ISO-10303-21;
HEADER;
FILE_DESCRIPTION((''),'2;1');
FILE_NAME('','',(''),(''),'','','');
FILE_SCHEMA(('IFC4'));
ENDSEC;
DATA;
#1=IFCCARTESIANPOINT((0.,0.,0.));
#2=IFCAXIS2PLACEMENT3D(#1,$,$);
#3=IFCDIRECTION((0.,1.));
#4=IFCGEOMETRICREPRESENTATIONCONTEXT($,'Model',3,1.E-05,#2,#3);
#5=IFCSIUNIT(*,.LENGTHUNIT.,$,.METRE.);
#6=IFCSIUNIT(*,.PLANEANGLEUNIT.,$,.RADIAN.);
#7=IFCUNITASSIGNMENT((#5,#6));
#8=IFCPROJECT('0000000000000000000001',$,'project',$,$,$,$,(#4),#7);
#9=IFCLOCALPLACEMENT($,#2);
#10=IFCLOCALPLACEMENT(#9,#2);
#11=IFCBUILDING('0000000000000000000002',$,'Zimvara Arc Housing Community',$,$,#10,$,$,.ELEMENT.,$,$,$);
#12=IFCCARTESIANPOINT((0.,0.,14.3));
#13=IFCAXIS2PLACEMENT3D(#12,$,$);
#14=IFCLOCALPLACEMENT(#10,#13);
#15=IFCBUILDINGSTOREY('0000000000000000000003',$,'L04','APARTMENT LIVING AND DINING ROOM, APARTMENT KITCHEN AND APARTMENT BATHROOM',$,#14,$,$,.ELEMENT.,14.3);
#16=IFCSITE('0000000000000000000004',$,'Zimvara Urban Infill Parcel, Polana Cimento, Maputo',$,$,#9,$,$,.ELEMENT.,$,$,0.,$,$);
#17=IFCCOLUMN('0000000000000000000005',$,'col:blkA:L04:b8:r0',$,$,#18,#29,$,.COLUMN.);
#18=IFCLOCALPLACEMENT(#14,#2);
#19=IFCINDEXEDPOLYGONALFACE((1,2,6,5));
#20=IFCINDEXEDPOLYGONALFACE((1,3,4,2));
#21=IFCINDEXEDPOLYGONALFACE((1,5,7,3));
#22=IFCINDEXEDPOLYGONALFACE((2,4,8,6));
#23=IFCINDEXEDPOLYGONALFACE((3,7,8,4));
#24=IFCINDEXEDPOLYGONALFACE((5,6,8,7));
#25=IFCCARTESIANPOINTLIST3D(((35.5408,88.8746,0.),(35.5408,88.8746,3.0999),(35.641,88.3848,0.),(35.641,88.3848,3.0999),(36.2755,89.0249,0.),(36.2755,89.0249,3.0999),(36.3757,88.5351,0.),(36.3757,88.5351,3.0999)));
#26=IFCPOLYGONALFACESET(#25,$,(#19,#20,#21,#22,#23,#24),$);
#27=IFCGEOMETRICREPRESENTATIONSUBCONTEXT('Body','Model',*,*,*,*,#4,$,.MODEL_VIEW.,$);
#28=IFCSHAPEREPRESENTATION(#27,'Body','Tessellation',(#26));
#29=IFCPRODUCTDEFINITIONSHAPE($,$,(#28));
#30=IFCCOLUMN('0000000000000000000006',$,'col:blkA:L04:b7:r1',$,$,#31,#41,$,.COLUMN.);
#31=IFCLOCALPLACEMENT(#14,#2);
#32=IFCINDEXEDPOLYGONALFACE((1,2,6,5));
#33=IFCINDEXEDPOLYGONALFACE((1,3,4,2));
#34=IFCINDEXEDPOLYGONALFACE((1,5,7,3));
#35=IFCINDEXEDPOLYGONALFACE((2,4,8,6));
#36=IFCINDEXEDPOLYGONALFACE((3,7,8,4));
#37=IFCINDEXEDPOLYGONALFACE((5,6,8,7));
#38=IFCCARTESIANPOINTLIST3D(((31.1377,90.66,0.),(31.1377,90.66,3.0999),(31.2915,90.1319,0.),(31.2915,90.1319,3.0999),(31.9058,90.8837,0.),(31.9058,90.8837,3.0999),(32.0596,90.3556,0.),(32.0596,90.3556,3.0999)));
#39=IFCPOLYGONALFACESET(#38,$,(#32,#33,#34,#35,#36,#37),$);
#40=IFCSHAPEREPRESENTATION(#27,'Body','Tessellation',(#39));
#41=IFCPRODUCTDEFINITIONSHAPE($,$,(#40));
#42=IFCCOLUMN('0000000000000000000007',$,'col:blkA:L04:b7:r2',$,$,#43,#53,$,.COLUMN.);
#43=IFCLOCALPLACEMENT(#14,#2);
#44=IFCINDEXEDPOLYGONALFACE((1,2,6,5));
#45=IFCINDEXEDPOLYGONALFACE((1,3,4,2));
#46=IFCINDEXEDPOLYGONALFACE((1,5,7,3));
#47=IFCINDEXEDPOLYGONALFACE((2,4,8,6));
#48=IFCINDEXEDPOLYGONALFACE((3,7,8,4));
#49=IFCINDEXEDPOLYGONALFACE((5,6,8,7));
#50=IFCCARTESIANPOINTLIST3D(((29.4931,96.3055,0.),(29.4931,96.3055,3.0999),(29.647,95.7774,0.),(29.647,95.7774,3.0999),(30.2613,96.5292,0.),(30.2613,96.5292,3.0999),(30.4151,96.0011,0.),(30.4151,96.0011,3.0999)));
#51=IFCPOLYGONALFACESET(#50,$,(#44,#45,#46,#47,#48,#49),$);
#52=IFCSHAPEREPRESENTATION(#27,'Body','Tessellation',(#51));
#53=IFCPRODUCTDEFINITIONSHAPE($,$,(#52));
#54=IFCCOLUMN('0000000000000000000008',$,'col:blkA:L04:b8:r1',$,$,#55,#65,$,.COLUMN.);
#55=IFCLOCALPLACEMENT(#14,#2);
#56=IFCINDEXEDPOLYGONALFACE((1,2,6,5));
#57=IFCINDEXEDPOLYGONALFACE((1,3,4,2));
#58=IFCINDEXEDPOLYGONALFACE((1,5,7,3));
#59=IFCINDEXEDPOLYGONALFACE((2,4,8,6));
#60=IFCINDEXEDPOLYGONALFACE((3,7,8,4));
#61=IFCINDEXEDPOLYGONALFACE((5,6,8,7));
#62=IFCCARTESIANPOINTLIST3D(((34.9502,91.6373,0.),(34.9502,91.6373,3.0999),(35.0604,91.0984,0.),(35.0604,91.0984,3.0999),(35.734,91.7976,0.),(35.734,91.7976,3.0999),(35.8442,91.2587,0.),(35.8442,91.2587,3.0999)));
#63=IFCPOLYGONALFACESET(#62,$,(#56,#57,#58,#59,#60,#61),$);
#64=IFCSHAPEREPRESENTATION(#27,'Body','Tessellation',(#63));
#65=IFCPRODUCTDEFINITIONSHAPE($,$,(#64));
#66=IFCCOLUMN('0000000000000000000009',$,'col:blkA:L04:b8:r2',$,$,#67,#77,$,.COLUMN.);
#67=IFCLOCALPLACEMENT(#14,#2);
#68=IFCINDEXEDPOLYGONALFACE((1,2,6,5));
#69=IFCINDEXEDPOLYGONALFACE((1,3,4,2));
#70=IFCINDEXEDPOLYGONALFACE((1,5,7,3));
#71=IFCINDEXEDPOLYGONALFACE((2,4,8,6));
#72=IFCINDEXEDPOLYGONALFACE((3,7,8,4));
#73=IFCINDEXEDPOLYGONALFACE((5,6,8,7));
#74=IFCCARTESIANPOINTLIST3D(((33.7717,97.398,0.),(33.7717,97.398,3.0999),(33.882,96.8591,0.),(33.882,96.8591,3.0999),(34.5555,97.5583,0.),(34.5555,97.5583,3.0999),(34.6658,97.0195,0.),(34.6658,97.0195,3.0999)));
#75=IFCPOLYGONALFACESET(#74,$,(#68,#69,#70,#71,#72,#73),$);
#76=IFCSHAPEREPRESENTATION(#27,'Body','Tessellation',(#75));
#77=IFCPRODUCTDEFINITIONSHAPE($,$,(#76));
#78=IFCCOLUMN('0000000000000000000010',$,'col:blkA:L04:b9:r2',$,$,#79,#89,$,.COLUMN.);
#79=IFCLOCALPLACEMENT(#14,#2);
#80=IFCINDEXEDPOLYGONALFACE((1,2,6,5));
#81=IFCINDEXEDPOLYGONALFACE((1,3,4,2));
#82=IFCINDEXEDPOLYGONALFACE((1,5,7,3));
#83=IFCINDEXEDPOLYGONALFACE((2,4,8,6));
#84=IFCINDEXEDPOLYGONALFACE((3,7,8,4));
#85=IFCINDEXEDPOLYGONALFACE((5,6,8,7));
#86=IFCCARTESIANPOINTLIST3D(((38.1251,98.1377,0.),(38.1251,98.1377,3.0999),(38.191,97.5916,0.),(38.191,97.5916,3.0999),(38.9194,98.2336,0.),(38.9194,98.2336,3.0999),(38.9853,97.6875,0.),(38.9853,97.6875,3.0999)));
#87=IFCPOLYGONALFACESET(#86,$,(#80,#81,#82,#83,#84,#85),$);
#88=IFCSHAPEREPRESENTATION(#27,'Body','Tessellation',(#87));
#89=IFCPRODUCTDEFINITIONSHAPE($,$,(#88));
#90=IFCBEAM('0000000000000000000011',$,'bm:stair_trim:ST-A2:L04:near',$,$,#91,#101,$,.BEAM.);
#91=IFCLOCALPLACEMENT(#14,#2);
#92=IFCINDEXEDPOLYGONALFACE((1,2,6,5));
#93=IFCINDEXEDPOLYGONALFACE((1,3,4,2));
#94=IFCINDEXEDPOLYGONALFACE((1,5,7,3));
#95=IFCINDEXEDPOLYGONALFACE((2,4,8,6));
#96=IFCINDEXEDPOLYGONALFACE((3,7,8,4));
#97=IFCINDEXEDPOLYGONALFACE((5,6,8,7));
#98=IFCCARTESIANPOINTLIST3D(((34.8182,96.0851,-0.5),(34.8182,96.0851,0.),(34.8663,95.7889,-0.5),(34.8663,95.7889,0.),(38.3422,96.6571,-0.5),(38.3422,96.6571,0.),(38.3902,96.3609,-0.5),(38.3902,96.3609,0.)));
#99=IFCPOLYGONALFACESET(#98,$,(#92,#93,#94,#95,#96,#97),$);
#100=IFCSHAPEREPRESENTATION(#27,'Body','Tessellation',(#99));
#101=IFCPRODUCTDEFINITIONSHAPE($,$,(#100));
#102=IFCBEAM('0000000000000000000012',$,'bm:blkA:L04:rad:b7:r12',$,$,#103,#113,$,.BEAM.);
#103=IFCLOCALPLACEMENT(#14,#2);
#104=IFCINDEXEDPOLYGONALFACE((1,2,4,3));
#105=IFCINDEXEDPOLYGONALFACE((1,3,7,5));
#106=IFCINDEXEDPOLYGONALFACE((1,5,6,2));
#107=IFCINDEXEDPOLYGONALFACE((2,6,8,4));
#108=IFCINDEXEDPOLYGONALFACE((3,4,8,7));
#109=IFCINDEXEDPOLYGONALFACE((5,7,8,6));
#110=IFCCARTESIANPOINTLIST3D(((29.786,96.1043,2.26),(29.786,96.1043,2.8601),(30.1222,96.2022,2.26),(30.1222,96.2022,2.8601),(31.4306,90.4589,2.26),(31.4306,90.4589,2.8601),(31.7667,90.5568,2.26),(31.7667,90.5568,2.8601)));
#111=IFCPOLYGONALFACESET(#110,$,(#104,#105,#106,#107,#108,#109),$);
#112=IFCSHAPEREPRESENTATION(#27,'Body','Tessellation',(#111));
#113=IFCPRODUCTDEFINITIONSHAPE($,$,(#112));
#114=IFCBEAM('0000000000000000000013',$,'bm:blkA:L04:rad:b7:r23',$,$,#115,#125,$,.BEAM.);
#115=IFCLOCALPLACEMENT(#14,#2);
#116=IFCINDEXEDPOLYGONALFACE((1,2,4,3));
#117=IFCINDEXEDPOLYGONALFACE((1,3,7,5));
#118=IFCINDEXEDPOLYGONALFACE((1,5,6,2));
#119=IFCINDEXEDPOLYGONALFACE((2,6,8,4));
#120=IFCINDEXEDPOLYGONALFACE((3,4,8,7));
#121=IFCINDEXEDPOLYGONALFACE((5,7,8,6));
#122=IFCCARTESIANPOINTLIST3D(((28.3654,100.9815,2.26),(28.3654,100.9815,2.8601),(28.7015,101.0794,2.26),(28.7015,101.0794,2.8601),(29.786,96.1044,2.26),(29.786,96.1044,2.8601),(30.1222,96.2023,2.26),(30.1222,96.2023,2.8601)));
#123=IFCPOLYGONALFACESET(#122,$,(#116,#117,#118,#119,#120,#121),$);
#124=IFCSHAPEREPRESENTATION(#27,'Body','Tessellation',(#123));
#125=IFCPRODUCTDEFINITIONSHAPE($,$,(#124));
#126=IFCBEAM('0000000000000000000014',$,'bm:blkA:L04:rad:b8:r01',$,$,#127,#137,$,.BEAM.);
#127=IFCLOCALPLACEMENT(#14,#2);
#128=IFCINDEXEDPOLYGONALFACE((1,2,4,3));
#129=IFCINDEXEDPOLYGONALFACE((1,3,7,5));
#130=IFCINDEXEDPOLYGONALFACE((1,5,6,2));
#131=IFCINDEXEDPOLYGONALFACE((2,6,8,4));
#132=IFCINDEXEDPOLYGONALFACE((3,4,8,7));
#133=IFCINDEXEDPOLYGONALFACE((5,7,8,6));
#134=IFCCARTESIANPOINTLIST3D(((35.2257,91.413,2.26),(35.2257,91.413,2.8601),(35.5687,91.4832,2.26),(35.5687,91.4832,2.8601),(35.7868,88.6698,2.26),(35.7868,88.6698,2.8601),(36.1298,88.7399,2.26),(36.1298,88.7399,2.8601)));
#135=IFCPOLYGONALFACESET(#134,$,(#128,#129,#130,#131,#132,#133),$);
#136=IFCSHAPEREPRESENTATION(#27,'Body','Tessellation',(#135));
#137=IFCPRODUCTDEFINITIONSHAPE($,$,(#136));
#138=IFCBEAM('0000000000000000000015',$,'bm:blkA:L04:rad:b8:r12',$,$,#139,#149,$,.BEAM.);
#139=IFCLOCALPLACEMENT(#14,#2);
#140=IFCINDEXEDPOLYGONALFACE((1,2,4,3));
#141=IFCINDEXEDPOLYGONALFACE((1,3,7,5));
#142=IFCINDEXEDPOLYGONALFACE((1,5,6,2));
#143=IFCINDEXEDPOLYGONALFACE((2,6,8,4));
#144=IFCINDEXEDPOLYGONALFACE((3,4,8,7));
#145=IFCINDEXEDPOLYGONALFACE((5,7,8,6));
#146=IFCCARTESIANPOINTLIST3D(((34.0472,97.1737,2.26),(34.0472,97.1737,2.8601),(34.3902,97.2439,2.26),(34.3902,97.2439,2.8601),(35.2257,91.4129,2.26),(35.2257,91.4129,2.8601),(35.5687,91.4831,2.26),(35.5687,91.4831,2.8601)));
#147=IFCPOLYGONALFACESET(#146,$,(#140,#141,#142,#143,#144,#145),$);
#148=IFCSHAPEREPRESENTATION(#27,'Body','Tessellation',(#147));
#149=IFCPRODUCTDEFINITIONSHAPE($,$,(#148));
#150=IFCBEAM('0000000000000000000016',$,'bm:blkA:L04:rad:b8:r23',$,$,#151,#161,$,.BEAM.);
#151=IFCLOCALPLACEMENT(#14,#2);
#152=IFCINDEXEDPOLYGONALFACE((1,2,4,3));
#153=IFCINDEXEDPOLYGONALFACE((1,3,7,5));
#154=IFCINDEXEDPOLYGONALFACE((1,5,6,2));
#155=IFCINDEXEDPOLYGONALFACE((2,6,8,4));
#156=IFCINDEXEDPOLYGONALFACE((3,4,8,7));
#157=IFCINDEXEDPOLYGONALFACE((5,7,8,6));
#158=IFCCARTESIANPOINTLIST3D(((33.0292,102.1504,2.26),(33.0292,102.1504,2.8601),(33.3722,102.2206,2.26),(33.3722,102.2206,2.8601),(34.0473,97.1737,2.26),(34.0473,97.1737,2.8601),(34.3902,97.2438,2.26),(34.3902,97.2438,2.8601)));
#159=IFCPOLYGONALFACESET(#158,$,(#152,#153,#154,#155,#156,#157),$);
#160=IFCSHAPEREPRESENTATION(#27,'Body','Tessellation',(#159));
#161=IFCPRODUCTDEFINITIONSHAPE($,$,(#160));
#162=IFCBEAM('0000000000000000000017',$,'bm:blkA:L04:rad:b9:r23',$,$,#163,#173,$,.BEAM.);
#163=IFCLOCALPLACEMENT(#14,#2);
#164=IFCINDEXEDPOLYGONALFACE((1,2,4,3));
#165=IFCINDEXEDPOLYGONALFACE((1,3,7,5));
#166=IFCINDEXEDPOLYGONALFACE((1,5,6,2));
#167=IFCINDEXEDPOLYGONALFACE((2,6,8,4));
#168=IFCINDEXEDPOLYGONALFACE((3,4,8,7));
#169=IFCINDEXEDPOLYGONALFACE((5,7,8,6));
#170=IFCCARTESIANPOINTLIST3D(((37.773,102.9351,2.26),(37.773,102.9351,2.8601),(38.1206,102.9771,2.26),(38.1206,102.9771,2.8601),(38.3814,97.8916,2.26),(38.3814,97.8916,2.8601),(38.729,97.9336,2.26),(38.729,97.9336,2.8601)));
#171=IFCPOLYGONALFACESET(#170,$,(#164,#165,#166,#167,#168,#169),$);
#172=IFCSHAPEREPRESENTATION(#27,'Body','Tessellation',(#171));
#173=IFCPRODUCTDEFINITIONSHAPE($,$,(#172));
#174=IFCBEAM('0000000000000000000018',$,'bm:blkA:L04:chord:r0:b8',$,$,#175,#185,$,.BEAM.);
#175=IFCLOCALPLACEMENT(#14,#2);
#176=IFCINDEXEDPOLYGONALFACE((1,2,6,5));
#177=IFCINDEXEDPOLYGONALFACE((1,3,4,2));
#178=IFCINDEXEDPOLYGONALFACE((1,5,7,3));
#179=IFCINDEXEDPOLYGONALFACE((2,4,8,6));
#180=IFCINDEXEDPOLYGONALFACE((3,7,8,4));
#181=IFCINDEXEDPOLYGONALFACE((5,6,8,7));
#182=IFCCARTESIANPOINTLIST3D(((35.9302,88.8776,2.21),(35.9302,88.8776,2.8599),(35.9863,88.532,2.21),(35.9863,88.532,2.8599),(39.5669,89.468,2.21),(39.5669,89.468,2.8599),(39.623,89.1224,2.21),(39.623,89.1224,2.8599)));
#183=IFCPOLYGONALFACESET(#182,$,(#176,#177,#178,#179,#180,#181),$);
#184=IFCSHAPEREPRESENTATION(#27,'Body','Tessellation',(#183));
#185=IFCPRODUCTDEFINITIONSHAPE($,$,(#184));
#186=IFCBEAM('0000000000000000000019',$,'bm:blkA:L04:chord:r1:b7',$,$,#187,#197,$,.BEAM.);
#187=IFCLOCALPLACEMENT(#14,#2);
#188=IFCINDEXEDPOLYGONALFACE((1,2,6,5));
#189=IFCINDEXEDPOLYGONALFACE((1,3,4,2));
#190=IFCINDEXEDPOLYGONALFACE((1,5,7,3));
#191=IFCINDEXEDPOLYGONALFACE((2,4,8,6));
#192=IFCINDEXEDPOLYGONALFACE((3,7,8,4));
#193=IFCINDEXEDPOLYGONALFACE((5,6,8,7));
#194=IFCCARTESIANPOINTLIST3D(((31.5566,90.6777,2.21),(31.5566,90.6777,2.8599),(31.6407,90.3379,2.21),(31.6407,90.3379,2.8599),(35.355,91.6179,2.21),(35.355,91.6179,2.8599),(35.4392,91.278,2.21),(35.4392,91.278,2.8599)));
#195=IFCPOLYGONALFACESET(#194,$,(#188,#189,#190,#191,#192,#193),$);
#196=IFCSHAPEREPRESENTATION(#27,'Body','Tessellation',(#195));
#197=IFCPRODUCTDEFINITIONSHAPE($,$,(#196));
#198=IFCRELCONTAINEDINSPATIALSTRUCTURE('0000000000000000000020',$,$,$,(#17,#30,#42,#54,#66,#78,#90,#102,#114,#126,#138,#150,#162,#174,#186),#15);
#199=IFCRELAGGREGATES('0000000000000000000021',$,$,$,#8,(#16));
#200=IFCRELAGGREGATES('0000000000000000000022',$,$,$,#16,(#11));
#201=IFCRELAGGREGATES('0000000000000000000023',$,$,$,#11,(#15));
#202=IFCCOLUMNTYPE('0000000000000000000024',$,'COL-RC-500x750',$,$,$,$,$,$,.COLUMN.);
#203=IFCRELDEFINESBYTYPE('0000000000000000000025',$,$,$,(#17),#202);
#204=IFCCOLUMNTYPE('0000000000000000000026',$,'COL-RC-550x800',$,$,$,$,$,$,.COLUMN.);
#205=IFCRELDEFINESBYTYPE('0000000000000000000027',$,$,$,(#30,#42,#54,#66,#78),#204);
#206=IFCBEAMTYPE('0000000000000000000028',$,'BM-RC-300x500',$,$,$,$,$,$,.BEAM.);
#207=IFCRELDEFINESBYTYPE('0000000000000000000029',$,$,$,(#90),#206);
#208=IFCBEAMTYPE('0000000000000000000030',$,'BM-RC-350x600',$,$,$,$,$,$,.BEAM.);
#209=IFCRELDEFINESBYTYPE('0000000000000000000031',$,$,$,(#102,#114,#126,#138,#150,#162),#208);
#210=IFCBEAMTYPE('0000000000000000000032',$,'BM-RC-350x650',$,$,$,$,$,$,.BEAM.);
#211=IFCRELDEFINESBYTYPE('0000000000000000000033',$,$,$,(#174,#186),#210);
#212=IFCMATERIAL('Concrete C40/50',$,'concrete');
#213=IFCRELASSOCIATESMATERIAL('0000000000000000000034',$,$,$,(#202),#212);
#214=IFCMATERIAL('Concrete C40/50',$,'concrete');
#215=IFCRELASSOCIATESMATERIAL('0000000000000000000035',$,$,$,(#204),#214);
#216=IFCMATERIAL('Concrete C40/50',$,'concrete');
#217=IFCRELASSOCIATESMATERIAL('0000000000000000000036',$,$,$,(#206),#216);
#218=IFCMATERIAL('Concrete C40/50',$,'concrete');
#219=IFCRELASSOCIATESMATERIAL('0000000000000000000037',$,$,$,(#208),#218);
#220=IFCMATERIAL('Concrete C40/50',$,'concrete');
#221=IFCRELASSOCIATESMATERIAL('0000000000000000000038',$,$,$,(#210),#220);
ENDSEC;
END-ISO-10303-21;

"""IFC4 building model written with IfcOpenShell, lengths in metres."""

from ifc_helpers import new_model, si_unit, direction, frame, origin, origin_2d, place, context, subcontext, project, spatial, rectangle, extrude, material, material_profile, profile_set, type_object, element, save


model = new_model("IFC4")

# Units and contexts
model_context = context("Model", 3, precision=1e-05, world=origin(), true_north=direction((0.0, 1.0)))
body_context = subcontext(model_context, "Body", "Model", "MODEL_VIEW")
ifc_project = project(units=[si_unit("LENGTHUNIT", "METRE"), si_unit("PLANEANGLEUNIT", "RADIAN")], contexts=[model_context])

# Site, building, storey
site_placement = place(None, origin())
site = spatial("IfcSite", under=ifc_project, at=site_placement, Name="Zimvara Urban Infill Parcel, Polana Cimento, Maputo", CompositionType="ELEMENT", RefElevation=0.0)
building_placement = place(site_placement, origin())
building = spatial("IfcBuilding", under=site, at=building_placement, Name="Zimvara Arc Housing Community", CompositionType="ELEMENT")
storey_placement = place(building_placement, frame((0.0, 0.0, 14.3)))
storey = spatial("IfcBuildingStorey", under=building, at=storey_placement, Name="L04", Description="APARTMENT LIVING AND DINING ROOM, APARTMENT KITCHEN AND APARTMENT BATHROOM", CompositionType="ELEMENT", Elevation=14.3)

# Columns
ifc_material_1 = material(Name="Concrete C40/50", Category="concrete")
ifc_material_profile_1 = material_profile(ifc_material_1, rectangle(XDim=0.5, YDim=0.75, at=origin_2d()), Name="RC 500x750")
ifc_profile_set_1 = profile_set([ifc_material_profile_1], Name="Concrete C40/50")
column_type_1 = type_object("IfcColumnType", Name="COL-RC-500x750", PredefinedType="COLUMN", material=ifc_profile_set_1)
column_placement = place(storey_placement, frame((35.9583, 88.7048, 0.0), z_axis=(0.0, 0.0, 1.0), x_axis=(-0.200394, 0.979715, 0.0)))
element("IfcColumn", 1, at=column_placement, inside=storey, type_object=column_type_1, Name="col:blkA:L04:b8:r0", PredefinedType="COLUMN", context=body_context, shape_type="SweptSolid", body=[
    extrude(rectangle(XDim=0.5, YDim=0.75, at=origin_2d()), origin(), (0.0, 0.0, 1.0), 3.0999),
])
ifc_material_2 = material(Name="Concrete C40/50", Category="concrete")
ifc_material_profile_2 = material_profile(ifc_material_2, rectangle(XDim=0.55, YDim=0.8, at=origin_2d()), Name="RC 550x800")
ifc_profile_set_2 = profile_set([ifc_material_profile_2], Name="Concrete C40/50")
column_type_2 = type_object("IfcColumnType", Name="COL-RC-550x800", PredefinedType="COLUMN", material=ifc_profile_set_2)
for number, where, z_axis, x_axis, name in (
    (2, (31.5986, 90.5078, 0.0), (0.0, 0.0, 1.0), (-0.279661, 0.960099, 0.0), "col:blkA:L04:b7:r1"),
    (3, (29.9541, 96.1533, 0.0), (0.0, 0.0, 1.0), (-0.279661, 0.960099, 0.0), "col:blkA:L04:b7:r2"),
    (4, (35.3972, 91.448, 0.0), (0.0, 0.0, 1.0), (-0.200394, 0.979715, 0.0), "col:blkA:L04:b8:r1"),
    (5, (34.2188, 97.2087, 0.0), (0.0, 0.0, 1.0), (-0.200394, 0.979715, 0.0), "col:blkA:L04:b8:r2"),
    (6, (38.5552, 97.9126, 0.0), (0.0, 0.0, 1.0), (-0.11979, 0.992799, 0.0), "col:blkA:L04:b9:r2"),
):
    element("IfcColumn", number, at=place(storey_placement, frame(where, z_axis=z_axis, x_axis=x_axis)), inside=storey, type_object=column_type_2, Name=name, PredefinedType="COLUMN", context=body_context, shape_type="SweptSolid", body=[
        extrude(rectangle(XDim=0.55, YDim=0.8, at=origin_2d()), origin(), (0.0, 0.0, 1.0), 3.0999),
    ])

# Beams
ifc_material_3 = material(Name="Concrete C40/50", Category="concrete")
ifc_material_profile_3 = material_profile(ifc_material_3, rectangle(XDim=0.3, YDim=0.5, at=origin_2d()), Name="RC 300x500")
ifc_profile_set_3 = profile_set([ifc_material_profile_3], Name="Concrete C40/50")
beam_type_1 = type_object("IfcBeamType", Name="BM-RC-300x500", PredefinedType="BEAM", material=ifc_profile_set_3)
beam_1_placement = place(storey_placement, frame((38.3662, 96.509, -0.25), z_axis=(-0.98708, -0.160228, 0.0), x_axis=(0.160228, -0.98708, 0.0)))
element("IfcBeam", 7, at=beam_1_placement, inside=storey, type_object=beam_type_1, Name="bm:stair_trim:ST-A2:L04:near", PredefinedType="BEAM", context=body_context, shape_type="SweptSolid", body=[
    extrude(rectangle(XDim=0.3, YDim=0.5, at=origin_2d()), origin(), (0.0, 0.0, 1.0), 3.5701),
])
ifc_material_4 = material(Name="Concrete C40/50", Category="concrete")
ifc_material_profile_4 = material_profile(ifc_material_4, rectangle(XDim=0.3501, YDim=0.6001, at=origin_2d()), Name="RC 350x600")
ifc_profile_set_4 = profile_set([ifc_material_profile_4], Name="Concrete C40/50")
beam_type_2 = type_object("IfcBeamType", Name="BM-RC-350x600", PredefinedType="BEAM", material=ifc_profile_set_4)
beam_2_placement = place(storey_placement, frame((31.5986, 90.5078, 2.5601), z_axis=(-0.279675, 0.960095, 0.0), x_axis=(-0.960095, -0.279675, 0.0)))
element("IfcBeam", 8, at=beam_2_placement, inside=storey, type_object=beam_type_2, Name="bm:blkA:L04:rad:b7:r12", PredefinedType="BEAM", context=body_context, shape_type="SweptSolid", body=[
    extrude(rectangle(XDim=0.3501, YDim=0.6001, at=origin_2d()), origin(), (0.0, 0.0, 1.0), 5.8801),
])
beam_3_placement = place(storey_placement, frame((29.9541, 96.1533, 2.5601), z_axis=(-0.279662, 0.960098, 0.0), x_axis=(-0.960098, -0.279662, 0.0)))
element("IfcBeam", 9, at=beam_3_placement, inside=storey, type_object=beam_type_2, Name="bm:blkA:L04:rad:b7:r23", PredefinedType="BEAM", context=body_context, shape_type="SweptSolid", body=[
    extrude(rectangle(XDim=0.3501, YDim=0.6001, at=origin_2d()), origin(), (0.0, 0.0, 1.0), 5.0798),
])
beam_4_placement = place(storey_placement, frame((35.9583, 88.7048, 2.5601), z_axis=(-0.200373, 0.97972, 0.0), x_axis=(-0.97972, -0.200373, 0.0)))
element("IfcBeam", 10, at=beam_4_placement, inside=storey, type_object=beam_type_2, Name="bm:blkA:L04:rad:b8:r01", PredefinedType="BEAM", context=body_context, shape_type="SweptSolid", body=[
    extrude(rectangle(XDim=0.3501, YDim=0.6001, at=origin_2d()), origin(), (0.0, 0.0, 1.0), 2.8),
])
beam_5_placement = place(storey_placement, frame((35.3972, 91.448, 2.5601), z_axis=(-0.200418, 0.97971, 0.0), x_axis=(-0.97971, -0.200418, 0.0)))
element("IfcBeam", 11, at=beam_5_placement, inside=storey, type_object=beam_type_2, Name="bm:blkA:L04:rad:b8:r12", PredefinedType="BEAM", context=body_context, shape_type="SweptSolid", body=[
    extrude(rectangle(XDim=0.3501, YDim=0.6001, at=origin_2d()), origin(), (0.0, 0.0, 1.0), 5.8801),
])
beam_6_placement = place(storey_placement, frame((34.2188, 97.2087, 2.5601), z_axis=(-0.200412, 0.979712, 0.0), x_axis=(-0.979712, -0.200412, 0.0)))
element("IfcBeam", 12, at=beam_6_placement, inside=storey, type_object=beam_type_2, Name="bm:blkA:L04:rad:b8:r23", PredefinedType="BEAM", context=body_context, shape_type="SweptSolid", body=[
    extrude(rectangle(XDim=0.3501, YDim=0.6001, at=origin_2d()), origin(), (0.0, 0.0, 1.0), 5.0798),
])
beam_7_placement = place(storey_placement, frame((38.5552, 97.9126, 2.5601), z_axis=(-0.119763, 0.992803, 0.0), x_axis=(-0.992803, -0.119763, 0.0)))
element("IfcBeam", 13, at=beam_7_placement, inside=storey, type_object=beam_type_2, Name="bm:blkA:L04:rad:b9:r23", PredefinedType="BEAM", context=body_context, shape_type="SweptSolid", body=[
    extrude(rectangle(XDim=0.3501, YDim=0.6001, at=origin_2d()), origin(), (0.0, 0.0, 1.0), 5.0801),
])
ifc_material_5 = material(Name="Concrete C40/50", Category="concrete")
ifc_material_profile_5 = material_profile(ifc_material_5, rectangle(XDim=0.3501, YDim=0.6499, at=origin_2d()), Name="RC 350x650")
ifc_profile_set_5 = profile_set([ifc_material_profile_5], Name="Concrete C40/50")
beam_type_3 = type_object("IfcBeamType", Name="BM-RC-350x650", PredefinedType="BEAM", material=ifc_profile_set_5)
beam_8_placement = place(storey_placement, frame((35.9583, 88.7048, 2.5349), z_axis=(0.98708, 0.160228, 0.0), x_axis=(-0.160228, 0.98708, 0.0)))
element("IfcBeam", 14, at=beam_8_placement, inside=storey, type_object=beam_type_3, Name="bm:blkA:L04:chord:r0:b8", PredefinedType="BEAM", context=body_context, shape_type="SweptSolid", body=[
    extrude(rectangle(XDim=0.3501, YDim=0.6499, at=origin_2d()), origin(), (0.0, 0.0, 1.0), 3.6843),
])
for number, where, z_axis, x_axis, name in (
    (15, (31.5986, 90.5078, 2.5349), (0.970709, 0.24026, 0.0), (-0.24026, 0.970709, 0.0), "bm:blkA:L04:chord:r1:b7"),
):
    element("IfcBeam", number, at=place(storey_placement, frame(where, z_axis=z_axis, x_axis=x_axis)), inside=storey, type_object=beam_type_3, Name=name, PredefinedType="BEAM", context=body_context, shape_type="SweptSolid", body=[
        extrude(rectangle(XDim=0.3501, YDim=0.6499, at=origin_2d()), origin(), (0.0, 0.0, 1.0), 3.9131),
    ])

save(model, "model.ifc")
